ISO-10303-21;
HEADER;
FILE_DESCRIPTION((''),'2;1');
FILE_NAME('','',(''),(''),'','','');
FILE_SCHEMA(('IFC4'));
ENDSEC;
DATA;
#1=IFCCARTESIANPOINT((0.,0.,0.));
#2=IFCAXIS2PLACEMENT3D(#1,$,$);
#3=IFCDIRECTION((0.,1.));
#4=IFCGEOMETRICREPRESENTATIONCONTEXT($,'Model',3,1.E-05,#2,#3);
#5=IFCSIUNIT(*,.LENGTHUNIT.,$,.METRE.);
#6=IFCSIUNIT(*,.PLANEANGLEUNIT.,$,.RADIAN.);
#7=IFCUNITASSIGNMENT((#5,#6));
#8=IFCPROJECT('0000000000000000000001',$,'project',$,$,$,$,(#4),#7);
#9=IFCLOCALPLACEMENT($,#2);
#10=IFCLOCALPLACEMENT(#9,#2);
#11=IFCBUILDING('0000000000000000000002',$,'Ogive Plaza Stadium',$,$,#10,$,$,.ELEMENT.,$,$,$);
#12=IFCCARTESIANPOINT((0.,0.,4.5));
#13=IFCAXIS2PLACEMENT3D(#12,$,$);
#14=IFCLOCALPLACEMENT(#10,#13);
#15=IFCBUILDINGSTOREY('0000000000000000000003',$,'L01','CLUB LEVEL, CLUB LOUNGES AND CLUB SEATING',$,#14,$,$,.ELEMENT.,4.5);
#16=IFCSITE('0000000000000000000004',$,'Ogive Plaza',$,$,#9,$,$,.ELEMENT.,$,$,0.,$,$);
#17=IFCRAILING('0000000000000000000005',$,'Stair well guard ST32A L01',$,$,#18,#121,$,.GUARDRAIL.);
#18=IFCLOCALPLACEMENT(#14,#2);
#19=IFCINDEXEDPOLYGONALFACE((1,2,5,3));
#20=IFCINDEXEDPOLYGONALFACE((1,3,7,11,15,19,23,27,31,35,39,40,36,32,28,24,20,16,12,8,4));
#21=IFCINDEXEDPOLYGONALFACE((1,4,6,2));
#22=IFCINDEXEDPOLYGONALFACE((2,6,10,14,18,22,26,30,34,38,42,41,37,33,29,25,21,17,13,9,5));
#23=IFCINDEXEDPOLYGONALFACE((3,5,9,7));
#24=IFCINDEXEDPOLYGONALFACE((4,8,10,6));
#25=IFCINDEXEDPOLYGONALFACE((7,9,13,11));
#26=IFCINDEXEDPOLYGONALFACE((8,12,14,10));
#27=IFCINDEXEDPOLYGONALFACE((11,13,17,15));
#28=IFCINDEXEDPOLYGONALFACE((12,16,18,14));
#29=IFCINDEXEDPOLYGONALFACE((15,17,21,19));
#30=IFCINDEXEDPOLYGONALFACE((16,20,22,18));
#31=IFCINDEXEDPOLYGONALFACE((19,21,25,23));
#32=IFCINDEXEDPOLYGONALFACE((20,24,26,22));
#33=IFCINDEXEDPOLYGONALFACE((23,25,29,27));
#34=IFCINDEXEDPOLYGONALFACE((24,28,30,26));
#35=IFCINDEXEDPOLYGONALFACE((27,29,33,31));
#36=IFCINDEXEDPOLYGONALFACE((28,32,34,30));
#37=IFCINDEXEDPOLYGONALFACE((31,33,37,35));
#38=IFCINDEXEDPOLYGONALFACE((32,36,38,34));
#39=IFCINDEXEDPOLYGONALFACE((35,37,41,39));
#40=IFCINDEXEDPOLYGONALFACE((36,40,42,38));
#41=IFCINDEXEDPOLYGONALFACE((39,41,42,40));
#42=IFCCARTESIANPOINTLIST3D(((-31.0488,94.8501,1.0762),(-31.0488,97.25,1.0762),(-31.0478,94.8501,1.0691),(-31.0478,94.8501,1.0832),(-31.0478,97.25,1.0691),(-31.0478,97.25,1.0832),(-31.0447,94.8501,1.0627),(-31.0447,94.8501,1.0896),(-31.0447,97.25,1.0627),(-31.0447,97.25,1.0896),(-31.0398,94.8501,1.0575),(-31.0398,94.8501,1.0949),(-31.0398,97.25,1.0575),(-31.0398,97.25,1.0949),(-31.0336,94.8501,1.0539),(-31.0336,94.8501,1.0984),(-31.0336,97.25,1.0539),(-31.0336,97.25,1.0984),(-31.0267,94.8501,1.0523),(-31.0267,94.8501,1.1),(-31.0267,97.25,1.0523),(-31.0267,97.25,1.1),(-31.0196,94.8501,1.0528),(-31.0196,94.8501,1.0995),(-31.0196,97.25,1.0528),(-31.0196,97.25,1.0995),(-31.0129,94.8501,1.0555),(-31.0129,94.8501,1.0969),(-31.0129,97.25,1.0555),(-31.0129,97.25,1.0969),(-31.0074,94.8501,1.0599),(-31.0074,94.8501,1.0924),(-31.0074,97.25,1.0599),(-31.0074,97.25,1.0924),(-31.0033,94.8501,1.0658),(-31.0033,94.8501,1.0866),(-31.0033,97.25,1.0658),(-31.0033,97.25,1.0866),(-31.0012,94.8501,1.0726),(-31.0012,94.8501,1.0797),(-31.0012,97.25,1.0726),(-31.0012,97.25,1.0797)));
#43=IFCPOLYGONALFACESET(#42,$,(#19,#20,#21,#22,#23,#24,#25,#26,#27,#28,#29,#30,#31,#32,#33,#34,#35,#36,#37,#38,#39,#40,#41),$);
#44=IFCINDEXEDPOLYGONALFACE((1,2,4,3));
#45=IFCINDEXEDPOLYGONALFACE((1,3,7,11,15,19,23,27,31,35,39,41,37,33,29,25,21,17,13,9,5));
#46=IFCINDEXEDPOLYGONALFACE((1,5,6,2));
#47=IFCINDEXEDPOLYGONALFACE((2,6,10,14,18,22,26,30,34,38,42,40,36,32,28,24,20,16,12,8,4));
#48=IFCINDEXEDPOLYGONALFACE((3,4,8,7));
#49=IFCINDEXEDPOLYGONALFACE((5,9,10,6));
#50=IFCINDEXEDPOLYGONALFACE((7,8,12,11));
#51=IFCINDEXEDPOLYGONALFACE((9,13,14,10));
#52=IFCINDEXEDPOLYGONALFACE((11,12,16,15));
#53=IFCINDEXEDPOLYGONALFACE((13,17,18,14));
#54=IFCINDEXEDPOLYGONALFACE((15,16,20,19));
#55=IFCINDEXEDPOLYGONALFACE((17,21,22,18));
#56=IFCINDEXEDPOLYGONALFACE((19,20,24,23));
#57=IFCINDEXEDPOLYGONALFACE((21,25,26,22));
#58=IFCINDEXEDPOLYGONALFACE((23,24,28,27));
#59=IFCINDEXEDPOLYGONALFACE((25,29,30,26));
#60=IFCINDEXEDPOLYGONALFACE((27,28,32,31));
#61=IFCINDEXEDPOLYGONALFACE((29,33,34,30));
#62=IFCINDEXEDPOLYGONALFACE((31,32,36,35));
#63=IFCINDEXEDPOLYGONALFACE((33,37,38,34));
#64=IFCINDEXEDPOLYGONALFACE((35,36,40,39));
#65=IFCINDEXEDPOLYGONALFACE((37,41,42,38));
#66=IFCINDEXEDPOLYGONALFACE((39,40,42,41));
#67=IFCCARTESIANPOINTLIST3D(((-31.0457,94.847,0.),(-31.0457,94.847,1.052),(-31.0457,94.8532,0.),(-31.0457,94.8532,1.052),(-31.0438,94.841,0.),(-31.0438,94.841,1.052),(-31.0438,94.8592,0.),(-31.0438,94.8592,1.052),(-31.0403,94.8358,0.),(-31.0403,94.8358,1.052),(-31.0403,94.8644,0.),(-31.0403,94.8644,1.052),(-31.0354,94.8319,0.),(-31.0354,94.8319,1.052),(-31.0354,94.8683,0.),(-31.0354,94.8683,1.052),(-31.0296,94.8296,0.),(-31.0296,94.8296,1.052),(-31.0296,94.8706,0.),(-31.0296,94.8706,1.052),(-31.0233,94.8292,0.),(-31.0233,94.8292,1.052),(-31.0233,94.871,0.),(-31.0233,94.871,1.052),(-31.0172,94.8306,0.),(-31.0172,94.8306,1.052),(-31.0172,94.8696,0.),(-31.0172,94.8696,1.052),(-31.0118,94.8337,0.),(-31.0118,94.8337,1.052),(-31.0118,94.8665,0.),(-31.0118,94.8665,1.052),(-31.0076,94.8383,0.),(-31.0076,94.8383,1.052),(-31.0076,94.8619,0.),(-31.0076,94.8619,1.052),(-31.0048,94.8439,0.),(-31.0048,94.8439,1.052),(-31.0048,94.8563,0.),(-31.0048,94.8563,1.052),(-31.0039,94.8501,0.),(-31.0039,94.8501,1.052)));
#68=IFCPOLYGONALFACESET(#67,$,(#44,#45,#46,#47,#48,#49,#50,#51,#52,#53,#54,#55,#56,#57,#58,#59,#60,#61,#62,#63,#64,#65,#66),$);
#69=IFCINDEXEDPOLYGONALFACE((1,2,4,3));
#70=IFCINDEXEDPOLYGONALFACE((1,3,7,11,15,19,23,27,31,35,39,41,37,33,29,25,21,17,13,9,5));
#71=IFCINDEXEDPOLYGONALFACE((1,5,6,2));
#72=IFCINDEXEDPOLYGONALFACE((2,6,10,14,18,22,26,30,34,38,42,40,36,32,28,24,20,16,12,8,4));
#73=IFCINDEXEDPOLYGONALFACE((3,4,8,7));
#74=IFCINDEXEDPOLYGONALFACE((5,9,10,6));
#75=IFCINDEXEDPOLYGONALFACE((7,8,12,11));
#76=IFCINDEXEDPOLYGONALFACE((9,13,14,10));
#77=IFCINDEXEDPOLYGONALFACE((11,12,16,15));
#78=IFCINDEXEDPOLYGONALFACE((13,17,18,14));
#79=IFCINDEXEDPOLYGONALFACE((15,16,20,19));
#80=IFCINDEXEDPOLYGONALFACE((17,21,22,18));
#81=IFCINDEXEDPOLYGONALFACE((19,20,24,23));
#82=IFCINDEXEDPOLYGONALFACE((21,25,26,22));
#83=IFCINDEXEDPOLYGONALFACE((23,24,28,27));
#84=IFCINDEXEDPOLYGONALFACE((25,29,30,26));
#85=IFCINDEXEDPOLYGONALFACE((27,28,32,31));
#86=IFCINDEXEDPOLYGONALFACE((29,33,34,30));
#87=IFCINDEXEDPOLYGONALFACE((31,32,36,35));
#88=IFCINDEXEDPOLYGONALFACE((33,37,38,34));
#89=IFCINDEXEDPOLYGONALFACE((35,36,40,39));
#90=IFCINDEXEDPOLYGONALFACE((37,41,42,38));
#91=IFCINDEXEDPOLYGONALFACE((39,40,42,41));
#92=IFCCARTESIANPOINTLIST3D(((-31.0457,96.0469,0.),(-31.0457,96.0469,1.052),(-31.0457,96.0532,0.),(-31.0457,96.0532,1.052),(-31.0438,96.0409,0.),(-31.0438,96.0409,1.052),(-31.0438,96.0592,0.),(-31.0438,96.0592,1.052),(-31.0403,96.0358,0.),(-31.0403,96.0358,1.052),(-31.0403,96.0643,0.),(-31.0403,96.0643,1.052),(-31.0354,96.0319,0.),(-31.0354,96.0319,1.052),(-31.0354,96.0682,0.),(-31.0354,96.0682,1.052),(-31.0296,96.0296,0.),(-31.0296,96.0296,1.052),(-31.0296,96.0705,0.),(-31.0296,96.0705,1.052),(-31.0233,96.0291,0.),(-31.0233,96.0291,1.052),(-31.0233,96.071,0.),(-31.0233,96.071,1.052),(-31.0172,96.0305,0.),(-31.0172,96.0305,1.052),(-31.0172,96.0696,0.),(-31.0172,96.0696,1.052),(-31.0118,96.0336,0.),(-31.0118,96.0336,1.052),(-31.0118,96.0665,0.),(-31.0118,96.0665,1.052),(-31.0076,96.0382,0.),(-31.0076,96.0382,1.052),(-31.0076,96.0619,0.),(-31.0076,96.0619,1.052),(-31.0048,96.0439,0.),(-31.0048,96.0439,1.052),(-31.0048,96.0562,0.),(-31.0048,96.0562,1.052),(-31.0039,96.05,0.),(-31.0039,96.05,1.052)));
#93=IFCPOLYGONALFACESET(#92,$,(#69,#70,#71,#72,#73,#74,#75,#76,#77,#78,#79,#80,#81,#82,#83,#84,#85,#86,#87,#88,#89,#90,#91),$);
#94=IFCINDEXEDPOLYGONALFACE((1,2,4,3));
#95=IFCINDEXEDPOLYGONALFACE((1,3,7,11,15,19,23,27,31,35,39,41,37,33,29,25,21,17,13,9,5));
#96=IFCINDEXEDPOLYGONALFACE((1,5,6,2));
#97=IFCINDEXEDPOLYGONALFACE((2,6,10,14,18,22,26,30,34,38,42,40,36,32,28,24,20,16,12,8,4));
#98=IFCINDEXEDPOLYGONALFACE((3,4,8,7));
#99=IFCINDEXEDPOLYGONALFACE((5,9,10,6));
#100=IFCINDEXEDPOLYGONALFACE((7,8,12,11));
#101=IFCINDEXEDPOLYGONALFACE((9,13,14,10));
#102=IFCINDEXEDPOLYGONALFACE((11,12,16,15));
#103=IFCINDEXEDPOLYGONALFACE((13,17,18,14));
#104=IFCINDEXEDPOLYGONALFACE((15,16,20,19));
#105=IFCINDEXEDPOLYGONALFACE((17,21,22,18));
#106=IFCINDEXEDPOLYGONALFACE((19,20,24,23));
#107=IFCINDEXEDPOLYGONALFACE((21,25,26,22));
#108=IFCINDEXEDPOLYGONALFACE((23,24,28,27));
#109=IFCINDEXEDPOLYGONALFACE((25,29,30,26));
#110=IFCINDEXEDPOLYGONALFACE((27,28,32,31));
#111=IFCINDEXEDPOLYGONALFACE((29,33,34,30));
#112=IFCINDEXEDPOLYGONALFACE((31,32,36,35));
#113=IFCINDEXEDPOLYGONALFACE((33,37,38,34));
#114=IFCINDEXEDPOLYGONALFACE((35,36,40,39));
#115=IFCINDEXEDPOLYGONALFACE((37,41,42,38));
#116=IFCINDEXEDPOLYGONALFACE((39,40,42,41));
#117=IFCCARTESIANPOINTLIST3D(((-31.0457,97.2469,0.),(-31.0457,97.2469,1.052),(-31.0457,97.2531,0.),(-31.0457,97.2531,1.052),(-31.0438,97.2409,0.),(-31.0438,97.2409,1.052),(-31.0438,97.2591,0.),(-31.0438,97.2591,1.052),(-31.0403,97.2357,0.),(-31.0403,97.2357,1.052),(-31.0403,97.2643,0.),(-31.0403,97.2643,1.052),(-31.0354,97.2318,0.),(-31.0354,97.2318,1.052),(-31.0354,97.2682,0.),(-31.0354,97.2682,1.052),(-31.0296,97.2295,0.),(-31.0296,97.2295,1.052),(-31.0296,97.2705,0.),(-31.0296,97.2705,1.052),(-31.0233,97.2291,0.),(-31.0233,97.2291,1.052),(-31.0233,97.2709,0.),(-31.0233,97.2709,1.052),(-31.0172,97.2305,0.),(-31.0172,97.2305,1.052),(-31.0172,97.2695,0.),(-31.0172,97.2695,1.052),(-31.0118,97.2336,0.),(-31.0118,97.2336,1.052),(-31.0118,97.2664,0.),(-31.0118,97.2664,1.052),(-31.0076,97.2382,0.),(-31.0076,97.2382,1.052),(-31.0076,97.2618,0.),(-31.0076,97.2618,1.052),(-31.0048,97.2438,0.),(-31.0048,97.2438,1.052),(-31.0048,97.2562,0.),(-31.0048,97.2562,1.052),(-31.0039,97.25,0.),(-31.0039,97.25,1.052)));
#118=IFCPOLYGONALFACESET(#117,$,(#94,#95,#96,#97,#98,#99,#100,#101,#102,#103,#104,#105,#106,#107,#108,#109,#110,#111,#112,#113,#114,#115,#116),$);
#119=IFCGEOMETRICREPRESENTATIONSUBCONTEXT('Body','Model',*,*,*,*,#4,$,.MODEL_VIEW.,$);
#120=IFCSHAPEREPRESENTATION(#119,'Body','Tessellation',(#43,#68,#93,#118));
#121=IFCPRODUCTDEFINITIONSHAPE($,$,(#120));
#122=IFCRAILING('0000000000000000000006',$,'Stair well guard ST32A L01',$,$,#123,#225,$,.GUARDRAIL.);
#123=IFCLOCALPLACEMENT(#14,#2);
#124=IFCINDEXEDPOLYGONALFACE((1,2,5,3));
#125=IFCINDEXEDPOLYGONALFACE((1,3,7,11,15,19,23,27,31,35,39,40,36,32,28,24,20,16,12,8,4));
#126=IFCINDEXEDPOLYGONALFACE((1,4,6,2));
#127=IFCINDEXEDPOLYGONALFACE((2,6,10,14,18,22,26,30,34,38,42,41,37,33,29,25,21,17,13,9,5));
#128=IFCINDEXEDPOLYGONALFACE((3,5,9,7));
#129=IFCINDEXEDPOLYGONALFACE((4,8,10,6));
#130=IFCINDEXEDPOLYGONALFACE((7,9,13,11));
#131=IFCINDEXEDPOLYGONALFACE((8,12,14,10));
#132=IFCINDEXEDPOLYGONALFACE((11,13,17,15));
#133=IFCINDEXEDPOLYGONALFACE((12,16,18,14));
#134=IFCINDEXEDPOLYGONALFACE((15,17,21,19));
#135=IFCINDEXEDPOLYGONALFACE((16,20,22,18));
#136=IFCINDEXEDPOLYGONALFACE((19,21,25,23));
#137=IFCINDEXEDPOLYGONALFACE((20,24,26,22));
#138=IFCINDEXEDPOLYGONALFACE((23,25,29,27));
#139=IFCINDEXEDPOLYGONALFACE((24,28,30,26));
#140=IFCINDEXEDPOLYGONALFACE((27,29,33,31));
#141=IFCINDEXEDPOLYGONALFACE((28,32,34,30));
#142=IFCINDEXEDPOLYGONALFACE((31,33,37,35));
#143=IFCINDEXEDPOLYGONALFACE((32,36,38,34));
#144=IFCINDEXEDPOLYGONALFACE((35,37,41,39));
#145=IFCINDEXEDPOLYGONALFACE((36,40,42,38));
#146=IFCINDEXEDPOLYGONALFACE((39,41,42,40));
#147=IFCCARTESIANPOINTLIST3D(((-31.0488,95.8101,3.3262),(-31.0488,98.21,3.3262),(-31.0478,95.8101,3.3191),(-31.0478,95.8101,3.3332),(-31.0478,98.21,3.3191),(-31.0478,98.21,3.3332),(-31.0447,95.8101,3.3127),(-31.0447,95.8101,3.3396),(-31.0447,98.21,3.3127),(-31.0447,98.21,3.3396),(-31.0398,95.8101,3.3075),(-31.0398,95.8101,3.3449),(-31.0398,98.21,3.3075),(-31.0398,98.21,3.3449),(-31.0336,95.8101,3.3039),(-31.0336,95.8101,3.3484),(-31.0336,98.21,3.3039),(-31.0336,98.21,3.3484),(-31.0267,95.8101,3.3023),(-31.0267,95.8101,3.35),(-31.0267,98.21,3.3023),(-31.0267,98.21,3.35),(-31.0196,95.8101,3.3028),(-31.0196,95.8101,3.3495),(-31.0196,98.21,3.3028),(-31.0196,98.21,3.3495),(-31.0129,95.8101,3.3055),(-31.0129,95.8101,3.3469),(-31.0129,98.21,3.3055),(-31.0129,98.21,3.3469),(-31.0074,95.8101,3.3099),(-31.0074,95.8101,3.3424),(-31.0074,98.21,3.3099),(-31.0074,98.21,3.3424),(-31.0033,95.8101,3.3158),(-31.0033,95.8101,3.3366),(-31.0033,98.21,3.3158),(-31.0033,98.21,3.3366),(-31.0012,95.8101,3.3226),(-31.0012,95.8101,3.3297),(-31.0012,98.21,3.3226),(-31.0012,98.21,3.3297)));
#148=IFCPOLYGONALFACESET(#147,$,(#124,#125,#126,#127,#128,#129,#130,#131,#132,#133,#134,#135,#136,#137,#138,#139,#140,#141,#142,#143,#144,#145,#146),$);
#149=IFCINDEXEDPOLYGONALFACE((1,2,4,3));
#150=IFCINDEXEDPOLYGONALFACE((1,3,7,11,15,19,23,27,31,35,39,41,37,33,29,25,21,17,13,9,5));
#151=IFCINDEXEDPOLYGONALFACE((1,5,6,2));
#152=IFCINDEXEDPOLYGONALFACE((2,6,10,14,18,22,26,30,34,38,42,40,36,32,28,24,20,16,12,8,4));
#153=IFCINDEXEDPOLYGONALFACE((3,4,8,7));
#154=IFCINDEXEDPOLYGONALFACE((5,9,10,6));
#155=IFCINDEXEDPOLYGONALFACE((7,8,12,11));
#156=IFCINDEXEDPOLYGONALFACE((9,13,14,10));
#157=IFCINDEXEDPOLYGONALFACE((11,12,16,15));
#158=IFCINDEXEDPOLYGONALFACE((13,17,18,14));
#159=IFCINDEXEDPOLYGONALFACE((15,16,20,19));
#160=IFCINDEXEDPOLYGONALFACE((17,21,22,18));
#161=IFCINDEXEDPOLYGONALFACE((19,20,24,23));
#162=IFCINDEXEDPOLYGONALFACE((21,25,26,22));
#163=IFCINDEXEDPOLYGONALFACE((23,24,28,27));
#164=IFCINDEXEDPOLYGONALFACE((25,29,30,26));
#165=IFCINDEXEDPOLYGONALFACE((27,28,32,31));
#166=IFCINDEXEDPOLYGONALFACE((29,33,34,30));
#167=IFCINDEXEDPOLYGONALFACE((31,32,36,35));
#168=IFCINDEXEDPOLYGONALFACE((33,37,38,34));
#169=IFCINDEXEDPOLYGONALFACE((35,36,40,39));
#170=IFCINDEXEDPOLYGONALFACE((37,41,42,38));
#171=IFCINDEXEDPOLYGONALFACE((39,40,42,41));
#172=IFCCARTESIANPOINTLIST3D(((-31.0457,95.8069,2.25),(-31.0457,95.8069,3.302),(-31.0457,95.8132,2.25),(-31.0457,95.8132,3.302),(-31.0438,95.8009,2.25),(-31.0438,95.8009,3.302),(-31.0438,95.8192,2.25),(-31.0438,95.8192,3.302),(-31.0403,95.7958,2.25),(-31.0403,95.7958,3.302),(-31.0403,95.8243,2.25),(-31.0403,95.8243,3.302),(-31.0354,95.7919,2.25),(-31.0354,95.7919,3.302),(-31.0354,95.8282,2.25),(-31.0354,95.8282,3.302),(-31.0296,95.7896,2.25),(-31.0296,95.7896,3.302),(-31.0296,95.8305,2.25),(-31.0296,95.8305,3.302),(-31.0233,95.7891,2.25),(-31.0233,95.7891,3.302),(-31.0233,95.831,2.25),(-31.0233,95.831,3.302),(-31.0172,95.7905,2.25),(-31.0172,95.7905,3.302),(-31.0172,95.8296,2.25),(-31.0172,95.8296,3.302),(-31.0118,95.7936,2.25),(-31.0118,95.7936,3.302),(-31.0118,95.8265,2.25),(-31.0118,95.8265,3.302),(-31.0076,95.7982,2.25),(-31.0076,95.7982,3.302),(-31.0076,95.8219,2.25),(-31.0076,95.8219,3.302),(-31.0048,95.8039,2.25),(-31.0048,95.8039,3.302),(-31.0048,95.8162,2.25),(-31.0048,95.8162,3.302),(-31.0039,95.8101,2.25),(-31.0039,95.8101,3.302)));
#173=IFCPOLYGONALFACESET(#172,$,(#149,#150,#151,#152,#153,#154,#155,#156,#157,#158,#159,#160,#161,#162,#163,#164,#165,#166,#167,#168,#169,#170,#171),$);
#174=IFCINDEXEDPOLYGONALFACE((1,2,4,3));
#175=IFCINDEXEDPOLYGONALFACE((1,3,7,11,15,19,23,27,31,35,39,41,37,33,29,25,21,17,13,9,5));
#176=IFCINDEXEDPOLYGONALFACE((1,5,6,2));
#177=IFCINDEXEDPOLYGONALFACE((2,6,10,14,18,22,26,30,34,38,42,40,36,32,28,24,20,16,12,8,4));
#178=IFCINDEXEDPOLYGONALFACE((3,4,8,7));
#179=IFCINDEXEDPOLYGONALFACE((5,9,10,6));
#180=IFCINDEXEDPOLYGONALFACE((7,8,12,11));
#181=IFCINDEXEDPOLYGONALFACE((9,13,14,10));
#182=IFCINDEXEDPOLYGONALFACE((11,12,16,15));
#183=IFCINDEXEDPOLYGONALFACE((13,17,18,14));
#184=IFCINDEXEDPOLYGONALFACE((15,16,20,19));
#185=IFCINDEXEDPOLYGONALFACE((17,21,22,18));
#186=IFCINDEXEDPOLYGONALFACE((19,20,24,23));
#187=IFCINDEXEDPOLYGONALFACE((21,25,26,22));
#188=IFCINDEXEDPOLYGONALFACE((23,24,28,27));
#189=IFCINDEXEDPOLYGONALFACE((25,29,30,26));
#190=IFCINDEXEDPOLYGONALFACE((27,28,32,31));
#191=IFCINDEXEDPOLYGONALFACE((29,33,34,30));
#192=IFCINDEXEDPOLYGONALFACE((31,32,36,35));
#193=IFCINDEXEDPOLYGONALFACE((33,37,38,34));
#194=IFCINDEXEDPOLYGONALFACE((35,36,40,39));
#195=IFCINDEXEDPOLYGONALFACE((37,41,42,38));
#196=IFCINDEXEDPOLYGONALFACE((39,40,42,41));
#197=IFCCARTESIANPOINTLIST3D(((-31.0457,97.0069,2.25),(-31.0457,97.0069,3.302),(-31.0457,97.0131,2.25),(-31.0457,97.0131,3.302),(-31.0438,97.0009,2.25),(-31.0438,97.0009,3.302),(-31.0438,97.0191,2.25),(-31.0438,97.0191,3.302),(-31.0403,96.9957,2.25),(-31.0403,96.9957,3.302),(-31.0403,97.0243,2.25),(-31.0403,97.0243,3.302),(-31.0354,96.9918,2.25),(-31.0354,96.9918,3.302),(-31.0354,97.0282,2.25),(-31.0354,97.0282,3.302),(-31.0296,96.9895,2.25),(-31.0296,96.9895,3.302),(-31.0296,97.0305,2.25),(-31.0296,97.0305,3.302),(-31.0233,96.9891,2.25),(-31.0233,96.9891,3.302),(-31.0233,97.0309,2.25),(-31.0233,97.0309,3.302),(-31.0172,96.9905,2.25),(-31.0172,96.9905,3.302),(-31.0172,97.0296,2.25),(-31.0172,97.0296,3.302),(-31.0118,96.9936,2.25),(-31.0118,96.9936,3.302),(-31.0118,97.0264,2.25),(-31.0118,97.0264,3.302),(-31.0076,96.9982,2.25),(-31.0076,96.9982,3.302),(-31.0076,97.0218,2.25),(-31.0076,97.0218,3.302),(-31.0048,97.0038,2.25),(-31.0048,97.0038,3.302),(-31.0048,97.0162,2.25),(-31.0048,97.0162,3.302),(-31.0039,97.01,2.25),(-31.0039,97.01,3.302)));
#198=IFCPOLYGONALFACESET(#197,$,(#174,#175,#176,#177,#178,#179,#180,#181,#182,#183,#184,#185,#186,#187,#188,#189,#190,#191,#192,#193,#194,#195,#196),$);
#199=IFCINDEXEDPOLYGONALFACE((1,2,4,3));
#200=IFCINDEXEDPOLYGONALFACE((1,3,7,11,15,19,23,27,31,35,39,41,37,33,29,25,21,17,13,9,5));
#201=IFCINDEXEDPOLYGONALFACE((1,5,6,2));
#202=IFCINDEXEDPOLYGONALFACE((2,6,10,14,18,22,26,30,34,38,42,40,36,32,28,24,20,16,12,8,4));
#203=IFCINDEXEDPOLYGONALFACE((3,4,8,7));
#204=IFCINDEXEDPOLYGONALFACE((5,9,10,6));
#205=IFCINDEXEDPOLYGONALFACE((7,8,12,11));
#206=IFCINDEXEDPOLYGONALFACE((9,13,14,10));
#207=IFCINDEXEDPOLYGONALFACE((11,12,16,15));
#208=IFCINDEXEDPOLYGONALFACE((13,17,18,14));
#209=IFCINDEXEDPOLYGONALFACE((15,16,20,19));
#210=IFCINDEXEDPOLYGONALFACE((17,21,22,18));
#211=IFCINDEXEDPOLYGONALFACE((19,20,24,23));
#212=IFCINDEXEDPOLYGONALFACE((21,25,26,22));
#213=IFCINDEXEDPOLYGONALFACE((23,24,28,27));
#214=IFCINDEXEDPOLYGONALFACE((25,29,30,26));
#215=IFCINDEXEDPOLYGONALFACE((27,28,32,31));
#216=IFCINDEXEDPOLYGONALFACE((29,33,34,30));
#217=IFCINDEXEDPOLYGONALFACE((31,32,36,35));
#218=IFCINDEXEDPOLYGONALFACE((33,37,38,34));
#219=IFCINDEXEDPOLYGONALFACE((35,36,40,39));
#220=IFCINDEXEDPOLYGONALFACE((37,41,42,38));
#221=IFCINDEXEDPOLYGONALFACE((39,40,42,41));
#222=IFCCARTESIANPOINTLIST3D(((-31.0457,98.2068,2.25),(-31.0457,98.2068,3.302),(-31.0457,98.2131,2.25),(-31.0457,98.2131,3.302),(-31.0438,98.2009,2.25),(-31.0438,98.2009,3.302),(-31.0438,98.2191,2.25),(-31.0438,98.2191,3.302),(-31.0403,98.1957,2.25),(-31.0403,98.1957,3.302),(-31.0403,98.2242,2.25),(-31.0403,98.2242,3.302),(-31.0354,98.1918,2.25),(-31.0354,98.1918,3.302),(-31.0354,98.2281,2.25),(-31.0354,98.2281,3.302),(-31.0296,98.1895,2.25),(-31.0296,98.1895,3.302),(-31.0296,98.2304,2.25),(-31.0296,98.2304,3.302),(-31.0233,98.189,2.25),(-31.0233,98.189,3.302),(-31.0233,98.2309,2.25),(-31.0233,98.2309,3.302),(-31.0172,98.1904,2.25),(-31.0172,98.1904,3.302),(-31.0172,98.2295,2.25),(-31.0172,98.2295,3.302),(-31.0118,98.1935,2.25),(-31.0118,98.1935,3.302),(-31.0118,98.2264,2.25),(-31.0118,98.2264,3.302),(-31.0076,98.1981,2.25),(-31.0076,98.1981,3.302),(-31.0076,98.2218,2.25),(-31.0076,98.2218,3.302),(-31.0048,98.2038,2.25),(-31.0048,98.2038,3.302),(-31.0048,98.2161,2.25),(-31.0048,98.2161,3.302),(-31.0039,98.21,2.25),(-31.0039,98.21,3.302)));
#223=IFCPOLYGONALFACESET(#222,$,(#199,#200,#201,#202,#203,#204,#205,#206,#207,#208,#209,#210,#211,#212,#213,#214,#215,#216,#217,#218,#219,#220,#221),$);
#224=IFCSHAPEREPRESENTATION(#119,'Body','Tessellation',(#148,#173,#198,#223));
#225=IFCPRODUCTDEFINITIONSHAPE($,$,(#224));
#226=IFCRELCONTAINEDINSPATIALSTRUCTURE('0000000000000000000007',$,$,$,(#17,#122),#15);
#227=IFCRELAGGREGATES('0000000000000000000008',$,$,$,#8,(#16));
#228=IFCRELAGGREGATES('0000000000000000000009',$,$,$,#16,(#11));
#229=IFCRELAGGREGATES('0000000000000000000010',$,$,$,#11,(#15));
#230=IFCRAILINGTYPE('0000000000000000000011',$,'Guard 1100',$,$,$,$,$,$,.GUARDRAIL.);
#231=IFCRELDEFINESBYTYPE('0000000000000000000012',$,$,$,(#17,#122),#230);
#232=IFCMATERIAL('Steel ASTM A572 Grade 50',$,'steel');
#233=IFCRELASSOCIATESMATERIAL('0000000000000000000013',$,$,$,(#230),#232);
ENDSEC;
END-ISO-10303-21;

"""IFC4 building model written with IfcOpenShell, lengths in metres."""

from ifc_helpers import new_model, si_unit, direction, frame, origin, origin_2d, place, context, subcontext, project, spatial, circle, extrude, material, type_object, element, save


model = new_model("IFC4")

# Units and contexts
model_context = context("Model", 3, precision=1e-05, world=origin(), true_north=direction((0.0, 1.0)))
body_context = subcontext(model_context, "Body", "Model", "MODEL_VIEW")
ifc_project = project(units=[si_unit("LENGTHUNIT", "METRE"), si_unit("PLANEANGLEUNIT", "RADIAN")], contexts=[model_context])

# Site, building, storey
site_placement = place(None, origin())
site = spatial("IfcSite", under=ifc_project, at=site_placement, Name="Ogive Plaza", CompositionType="ELEMENT", RefElevation=0.0)
building_placement = place(site_placement, origin())
building = spatial("IfcBuilding", under=site, at=building_placement, Name="Ogive Plaza Stadium", CompositionType="ELEMENT")
storey_placement = place(building_placement, frame((0.0, 0.0, 4.5)))
storey = spatial("IfcBuildingStorey", under=building, at=storey_placement, Name="L01", Description="CLUB LEVEL, CLUB LOUNGES AND CLUB SEATING", CompositionType="ELEMENT", Elevation=4.5)

# Railings
ifc_material_1 = material(Name="Steel ASTM A572 Grade 50", Category="steel")
railing_type_1 = type_object("IfcRailingType", Name="Guard 1100", PredefinedType="GUARDRAIL", material=ifc_material_1)
for number, where, name in (
    (1, (-31.0249, 94.8501, 0.0), "Stair well guard ST32A L01"),
    (2, (-31.0249, 95.8101, 2.25), "Stair well guard ST32A L01"),
):
    element("IfcRailing", number, at=place(storey_placement, frame(where)), inside=storey, type_object=railing_type_1, Name=name, PredefinedType="GUARDRAIL", context=body_context, shape_type="SweptSolid", body=[
        extrude(circle(Radius=0.0239, at=origin_2d()), frame((0.0, 0.0, 1.0762), z_axis=(0.0, 1.0, 0.0), x_axis=(-1.0, 0.0, 0.0)), (0.0, 0.0, 1.0), 2.3999),
        extrude(circle(Radius=0.021, at=origin_2d()), origin(), (0.0, 0.0, 1.0), 1.052),
        extrude(circle(Radius=0.021, at=origin_2d()), frame((0.0, 1.2, 0.0)), (0.0, 0.0, 1.0), 1.052),
        extrude(circle(Radius=0.021, at=origin_2d()), frame((0.0, 2.3999, 0.0)), (0.0, 0.0, 1.0), 1.052),
    ])

save(model, "model.ifc")
